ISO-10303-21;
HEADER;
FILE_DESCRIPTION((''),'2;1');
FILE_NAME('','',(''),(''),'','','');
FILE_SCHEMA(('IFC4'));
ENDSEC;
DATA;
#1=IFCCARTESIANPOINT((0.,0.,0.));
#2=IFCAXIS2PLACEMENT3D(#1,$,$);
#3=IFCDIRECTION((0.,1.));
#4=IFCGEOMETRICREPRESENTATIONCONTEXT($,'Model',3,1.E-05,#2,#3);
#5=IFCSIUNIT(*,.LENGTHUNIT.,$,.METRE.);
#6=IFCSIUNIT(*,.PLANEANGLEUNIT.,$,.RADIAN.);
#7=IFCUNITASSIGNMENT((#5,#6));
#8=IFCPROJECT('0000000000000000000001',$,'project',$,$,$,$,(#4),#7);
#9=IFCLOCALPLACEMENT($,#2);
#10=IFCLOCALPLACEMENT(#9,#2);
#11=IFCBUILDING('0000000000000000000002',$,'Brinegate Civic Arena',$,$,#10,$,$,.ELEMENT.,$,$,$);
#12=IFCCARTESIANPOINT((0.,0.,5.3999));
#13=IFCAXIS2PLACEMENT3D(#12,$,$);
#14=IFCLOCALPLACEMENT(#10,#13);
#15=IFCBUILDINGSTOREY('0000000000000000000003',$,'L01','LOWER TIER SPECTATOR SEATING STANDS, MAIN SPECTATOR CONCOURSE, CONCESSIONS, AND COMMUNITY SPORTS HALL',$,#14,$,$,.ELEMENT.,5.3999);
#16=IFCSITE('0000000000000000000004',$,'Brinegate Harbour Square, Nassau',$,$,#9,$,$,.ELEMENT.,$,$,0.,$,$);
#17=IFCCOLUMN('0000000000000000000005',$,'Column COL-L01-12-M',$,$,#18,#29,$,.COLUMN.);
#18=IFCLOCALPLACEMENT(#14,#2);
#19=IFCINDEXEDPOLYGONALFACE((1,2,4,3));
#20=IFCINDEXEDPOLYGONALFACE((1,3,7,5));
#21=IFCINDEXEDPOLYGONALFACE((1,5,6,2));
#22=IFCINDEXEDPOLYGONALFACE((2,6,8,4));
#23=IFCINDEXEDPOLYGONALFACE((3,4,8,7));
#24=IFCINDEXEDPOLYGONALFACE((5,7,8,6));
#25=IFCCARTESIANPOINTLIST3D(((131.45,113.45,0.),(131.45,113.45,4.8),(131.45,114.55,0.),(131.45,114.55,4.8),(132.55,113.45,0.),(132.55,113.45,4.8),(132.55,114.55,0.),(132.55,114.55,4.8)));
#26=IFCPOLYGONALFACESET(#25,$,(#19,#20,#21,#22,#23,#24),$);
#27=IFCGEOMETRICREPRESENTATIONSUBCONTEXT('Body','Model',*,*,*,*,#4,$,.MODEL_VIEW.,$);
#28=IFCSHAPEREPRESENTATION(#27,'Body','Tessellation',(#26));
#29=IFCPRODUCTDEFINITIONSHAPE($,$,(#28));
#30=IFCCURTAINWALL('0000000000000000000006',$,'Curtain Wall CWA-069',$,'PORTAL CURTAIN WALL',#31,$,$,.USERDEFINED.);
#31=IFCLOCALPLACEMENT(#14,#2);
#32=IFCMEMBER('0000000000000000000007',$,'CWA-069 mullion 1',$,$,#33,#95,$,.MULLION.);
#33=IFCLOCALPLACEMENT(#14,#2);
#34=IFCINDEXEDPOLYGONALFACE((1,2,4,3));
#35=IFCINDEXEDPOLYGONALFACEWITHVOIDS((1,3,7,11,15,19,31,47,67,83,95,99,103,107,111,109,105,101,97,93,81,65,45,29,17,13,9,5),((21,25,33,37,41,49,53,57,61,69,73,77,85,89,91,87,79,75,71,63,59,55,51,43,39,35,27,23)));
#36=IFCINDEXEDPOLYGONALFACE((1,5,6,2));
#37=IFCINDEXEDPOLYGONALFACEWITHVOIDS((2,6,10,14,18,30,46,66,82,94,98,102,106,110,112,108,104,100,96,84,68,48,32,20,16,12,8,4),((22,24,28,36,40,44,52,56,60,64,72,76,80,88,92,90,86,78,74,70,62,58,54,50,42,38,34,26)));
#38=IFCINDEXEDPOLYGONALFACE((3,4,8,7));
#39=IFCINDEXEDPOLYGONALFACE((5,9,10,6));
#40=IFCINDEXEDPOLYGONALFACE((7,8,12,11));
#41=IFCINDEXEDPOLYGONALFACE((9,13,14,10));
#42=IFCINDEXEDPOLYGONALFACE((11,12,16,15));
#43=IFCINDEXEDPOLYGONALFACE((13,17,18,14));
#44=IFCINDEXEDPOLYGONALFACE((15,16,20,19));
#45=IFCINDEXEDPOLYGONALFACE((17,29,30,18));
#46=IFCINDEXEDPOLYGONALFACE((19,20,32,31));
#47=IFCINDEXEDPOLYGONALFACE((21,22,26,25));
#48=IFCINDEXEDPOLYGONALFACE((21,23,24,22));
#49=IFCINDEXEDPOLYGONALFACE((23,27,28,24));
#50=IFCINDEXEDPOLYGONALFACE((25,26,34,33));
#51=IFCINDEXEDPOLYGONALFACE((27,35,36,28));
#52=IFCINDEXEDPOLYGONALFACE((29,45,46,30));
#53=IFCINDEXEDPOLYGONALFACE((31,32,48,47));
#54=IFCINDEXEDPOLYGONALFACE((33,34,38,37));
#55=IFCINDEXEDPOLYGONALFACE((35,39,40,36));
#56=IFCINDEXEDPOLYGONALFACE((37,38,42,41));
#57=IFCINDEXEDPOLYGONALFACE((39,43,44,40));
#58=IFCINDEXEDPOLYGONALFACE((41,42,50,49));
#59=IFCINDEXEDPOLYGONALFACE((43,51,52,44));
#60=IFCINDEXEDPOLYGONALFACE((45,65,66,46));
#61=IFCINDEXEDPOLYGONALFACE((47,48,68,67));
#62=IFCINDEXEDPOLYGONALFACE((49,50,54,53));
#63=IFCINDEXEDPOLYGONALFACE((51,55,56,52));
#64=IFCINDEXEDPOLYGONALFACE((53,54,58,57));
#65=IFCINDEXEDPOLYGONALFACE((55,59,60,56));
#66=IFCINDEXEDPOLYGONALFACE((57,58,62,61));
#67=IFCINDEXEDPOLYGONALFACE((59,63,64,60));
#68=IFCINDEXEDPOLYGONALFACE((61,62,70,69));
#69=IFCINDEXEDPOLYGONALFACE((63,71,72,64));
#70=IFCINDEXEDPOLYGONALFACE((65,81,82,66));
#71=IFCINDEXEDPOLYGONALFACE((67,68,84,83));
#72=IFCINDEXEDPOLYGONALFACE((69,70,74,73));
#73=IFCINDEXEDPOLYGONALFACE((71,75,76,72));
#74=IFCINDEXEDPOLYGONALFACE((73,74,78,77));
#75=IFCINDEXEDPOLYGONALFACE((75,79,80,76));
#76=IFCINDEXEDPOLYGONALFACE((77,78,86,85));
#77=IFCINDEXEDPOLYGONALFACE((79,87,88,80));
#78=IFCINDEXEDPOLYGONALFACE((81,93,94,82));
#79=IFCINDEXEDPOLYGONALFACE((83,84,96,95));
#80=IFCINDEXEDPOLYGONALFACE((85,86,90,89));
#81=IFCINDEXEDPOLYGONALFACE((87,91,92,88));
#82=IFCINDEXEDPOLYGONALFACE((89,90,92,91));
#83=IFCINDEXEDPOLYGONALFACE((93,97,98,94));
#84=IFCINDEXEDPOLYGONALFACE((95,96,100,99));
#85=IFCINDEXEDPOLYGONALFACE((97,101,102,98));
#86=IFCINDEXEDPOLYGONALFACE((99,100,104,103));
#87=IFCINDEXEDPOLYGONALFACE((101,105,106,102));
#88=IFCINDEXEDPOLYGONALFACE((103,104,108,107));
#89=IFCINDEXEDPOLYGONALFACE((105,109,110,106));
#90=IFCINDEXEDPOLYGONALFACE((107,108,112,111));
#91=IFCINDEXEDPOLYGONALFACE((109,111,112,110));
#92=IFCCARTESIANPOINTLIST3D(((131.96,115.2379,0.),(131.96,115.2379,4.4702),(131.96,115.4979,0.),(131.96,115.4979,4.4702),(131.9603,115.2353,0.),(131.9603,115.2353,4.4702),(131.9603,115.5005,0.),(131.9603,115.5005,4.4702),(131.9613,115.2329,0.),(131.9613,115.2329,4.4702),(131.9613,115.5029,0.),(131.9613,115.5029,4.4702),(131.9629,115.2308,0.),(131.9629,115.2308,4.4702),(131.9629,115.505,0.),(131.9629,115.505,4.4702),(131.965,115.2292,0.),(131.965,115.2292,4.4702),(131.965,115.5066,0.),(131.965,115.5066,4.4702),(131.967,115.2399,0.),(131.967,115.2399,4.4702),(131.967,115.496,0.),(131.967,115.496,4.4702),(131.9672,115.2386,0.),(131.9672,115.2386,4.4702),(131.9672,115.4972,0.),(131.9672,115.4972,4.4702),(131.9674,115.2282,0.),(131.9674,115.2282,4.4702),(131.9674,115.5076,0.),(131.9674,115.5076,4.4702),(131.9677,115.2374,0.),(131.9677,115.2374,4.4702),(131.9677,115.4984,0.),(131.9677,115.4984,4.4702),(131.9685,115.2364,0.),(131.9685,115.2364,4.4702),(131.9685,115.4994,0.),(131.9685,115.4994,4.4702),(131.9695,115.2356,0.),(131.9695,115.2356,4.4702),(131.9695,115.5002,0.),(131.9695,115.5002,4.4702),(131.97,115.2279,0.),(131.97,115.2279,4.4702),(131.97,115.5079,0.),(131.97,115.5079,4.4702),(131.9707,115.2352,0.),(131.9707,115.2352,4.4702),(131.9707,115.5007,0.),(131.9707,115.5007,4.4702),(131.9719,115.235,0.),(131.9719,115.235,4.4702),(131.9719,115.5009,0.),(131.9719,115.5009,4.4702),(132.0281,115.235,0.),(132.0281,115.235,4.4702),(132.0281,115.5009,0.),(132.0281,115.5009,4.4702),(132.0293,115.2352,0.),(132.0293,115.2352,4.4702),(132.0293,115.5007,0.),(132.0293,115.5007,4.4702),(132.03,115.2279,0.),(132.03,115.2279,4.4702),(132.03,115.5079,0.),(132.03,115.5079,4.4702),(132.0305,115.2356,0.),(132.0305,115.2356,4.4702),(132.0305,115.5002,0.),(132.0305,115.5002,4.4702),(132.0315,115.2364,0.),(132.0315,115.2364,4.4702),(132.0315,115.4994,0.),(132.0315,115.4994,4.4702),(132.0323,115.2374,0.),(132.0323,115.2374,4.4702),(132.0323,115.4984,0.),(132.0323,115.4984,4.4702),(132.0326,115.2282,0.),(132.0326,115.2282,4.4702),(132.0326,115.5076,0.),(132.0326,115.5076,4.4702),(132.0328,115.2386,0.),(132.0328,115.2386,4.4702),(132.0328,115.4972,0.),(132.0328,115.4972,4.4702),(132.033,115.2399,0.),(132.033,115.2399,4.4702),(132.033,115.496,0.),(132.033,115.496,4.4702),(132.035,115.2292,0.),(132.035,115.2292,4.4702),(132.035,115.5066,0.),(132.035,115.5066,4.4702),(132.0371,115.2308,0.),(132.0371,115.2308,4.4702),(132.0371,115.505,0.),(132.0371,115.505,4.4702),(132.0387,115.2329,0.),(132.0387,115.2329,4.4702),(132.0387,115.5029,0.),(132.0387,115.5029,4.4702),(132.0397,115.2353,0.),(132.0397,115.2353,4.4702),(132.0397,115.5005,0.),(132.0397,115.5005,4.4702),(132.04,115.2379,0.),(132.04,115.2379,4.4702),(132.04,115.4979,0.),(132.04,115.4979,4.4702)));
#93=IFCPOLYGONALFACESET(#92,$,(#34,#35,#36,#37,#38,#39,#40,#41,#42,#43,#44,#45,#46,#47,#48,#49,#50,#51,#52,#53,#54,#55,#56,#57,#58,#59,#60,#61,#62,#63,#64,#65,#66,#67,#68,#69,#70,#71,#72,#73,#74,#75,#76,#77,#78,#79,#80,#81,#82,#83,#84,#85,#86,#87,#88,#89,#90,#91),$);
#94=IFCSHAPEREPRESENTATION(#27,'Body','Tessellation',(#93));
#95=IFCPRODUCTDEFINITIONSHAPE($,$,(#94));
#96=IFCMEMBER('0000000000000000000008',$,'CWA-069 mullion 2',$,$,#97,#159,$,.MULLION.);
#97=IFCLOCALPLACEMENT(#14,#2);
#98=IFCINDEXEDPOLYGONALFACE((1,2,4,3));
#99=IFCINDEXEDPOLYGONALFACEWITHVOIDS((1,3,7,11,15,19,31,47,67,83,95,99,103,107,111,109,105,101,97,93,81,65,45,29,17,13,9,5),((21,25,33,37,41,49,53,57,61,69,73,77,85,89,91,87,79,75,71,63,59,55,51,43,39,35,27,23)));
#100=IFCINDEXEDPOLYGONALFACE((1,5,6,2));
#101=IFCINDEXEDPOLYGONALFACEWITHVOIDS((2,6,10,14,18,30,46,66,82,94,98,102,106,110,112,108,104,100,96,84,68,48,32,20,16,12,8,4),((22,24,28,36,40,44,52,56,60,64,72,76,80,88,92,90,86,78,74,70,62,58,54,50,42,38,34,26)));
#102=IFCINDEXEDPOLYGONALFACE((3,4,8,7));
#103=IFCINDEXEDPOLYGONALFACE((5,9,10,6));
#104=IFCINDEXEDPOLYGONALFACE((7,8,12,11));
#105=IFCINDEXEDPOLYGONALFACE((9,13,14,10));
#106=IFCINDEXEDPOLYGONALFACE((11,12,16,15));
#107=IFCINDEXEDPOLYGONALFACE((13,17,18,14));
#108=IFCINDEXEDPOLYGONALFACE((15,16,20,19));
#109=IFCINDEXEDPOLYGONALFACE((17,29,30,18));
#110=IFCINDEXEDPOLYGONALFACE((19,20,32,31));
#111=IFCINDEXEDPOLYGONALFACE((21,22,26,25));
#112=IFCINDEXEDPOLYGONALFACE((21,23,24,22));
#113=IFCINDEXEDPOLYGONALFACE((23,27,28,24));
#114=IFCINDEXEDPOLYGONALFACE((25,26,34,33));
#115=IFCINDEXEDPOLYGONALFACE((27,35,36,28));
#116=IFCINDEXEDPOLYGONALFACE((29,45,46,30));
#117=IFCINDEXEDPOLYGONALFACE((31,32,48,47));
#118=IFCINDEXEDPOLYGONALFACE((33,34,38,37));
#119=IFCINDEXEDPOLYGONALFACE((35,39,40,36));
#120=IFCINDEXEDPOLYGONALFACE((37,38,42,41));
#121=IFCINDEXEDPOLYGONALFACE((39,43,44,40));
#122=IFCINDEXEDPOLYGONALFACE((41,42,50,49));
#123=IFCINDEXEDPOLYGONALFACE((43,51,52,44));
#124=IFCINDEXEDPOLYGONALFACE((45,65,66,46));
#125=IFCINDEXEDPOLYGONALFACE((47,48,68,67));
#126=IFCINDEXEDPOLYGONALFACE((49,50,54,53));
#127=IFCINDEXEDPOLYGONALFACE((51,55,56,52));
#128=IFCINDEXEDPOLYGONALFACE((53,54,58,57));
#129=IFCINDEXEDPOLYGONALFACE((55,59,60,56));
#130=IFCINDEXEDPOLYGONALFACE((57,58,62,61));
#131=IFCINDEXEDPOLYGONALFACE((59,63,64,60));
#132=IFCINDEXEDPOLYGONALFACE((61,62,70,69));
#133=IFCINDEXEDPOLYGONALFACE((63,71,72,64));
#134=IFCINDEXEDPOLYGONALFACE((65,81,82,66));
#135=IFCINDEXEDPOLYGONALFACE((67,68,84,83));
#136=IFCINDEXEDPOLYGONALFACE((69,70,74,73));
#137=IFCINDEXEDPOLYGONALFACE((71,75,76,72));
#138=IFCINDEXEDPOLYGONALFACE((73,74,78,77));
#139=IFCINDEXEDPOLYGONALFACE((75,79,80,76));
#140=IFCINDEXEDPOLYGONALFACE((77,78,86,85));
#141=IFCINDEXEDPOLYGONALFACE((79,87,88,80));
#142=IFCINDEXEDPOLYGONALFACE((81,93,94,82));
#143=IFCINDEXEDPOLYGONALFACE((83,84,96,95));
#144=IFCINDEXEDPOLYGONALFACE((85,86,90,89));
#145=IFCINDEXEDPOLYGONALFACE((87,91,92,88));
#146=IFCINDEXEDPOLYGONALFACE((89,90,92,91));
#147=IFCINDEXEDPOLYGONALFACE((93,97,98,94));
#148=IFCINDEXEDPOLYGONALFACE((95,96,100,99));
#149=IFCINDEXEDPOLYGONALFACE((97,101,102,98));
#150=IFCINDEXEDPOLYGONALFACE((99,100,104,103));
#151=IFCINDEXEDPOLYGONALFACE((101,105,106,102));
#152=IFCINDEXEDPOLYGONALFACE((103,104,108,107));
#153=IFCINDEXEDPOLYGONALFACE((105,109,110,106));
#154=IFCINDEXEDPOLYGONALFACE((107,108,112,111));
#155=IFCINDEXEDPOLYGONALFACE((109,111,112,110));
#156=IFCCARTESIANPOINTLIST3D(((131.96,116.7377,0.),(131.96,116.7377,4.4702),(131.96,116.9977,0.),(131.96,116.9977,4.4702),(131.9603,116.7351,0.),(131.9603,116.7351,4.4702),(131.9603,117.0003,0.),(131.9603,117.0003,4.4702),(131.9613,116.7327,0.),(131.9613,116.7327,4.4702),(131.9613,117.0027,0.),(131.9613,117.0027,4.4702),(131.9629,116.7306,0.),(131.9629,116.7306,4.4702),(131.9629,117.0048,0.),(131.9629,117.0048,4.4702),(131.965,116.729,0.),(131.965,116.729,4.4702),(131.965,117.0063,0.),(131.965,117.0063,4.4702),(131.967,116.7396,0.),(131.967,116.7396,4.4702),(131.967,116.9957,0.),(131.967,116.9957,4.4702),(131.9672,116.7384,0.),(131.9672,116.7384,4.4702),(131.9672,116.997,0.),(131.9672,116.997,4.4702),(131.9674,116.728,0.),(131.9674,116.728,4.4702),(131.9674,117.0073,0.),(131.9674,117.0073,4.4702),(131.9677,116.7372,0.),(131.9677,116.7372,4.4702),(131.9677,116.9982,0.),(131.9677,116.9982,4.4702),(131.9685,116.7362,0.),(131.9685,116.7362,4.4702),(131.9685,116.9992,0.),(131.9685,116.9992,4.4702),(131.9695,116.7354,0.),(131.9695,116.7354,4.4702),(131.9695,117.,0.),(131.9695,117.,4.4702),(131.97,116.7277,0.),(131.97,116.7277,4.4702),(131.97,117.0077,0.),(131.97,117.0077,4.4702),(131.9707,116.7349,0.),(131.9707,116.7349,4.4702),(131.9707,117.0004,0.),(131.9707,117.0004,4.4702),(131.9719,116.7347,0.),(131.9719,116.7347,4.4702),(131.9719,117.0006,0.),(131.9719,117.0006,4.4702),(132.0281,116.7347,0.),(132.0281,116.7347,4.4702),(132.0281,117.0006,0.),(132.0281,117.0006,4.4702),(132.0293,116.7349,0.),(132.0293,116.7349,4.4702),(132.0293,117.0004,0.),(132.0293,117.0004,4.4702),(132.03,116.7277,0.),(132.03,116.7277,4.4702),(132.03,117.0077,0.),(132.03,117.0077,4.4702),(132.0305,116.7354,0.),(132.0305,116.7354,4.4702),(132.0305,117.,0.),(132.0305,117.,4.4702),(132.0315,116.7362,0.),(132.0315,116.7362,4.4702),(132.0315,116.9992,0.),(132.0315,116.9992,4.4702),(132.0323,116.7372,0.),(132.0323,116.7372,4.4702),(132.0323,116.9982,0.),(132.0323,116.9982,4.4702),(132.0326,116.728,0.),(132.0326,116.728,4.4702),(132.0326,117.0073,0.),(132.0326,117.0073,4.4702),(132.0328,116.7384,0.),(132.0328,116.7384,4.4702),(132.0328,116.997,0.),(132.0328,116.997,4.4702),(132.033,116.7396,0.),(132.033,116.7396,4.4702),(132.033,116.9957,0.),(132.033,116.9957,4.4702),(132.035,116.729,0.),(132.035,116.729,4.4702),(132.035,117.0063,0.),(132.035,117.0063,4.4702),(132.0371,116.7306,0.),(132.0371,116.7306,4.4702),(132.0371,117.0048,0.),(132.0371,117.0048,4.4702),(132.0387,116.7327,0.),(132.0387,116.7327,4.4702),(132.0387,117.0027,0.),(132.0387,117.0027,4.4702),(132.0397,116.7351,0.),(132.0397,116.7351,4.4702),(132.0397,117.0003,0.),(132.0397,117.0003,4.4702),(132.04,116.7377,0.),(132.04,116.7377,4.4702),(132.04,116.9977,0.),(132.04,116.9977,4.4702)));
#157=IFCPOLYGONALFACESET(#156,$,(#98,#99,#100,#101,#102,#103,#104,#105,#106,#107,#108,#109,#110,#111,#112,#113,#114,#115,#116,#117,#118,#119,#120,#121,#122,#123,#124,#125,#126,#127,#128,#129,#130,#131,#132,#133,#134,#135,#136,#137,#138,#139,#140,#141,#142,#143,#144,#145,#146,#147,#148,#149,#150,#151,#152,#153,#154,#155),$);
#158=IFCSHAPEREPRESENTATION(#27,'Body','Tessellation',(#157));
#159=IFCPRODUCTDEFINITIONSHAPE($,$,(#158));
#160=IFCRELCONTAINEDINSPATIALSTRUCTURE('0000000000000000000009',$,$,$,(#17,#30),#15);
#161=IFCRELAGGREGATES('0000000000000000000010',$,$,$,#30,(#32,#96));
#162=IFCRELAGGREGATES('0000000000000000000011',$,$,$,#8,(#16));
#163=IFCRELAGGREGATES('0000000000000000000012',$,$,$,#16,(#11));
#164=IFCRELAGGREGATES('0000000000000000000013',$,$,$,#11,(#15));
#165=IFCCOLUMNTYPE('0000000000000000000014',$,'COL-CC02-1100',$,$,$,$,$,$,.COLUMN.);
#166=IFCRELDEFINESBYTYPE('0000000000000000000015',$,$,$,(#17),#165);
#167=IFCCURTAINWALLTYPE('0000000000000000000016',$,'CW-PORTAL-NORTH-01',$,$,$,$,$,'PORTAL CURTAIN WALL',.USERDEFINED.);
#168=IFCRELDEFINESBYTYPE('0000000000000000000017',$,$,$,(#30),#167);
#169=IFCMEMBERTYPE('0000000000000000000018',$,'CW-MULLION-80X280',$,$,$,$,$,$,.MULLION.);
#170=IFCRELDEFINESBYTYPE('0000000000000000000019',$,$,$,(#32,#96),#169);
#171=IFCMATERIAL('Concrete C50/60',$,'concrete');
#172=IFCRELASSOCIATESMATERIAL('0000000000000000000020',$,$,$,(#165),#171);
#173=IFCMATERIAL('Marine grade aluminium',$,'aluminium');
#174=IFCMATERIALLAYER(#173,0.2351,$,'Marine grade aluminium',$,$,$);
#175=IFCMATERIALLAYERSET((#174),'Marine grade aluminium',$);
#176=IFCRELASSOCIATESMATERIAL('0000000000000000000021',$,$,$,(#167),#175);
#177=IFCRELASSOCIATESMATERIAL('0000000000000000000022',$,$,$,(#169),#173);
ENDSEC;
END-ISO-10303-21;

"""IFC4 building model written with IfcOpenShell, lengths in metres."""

from ifc_helpers import new_model, si_unit, direction, frame, origin, origin_2d, place, context, subcontext, project, spatial, rectangle, hollow_rectangle, extrude, material, layer, layer_set, material_profile, profile_set, type_object, element, aggregate, save


model = new_model("IFC4")

# Units and contexts
model_context = context("Model", 3, precision=1e-05, world=origin(), true_north=direction((0.0, 1.0)))
body_context = subcontext(model_context, "Body", "Model", "MODEL_VIEW")
ifc_project = project(units=[si_unit("LENGTHUNIT", "METRE"), si_unit("PLANEANGLEUNIT", "RADIAN")], contexts=[model_context])

# Site, building, storey
site_placement = place(None, origin())
site = spatial("IfcSite", under=ifc_project, at=site_placement, Name="Brinegate Harbour Square, Nassau", CompositionType="ELEMENT", RefElevation=0.0)
building_placement = place(site_placement, origin())
building = spatial("IfcBuilding", under=site, at=building_placement, Name="Brinegate Civic Arena", CompositionType="ELEMENT")
storey_placement = place(building_placement, frame((0.0, 0.0, 5.3999)))
storey = spatial("IfcBuildingStorey", under=building, at=storey_placement, Name="L01", Description="LOWER TIER SPECTATOR SEATING STANDS, MAIN SPECTATOR CONCOURSE, CONCESSIONS, AND COMMUNITY SPORTS HALL", CompositionType="ELEMENT", Elevation=5.3999)

# Column
ifc_material_1 = material(Name="Concrete C50/60", Category="concrete")
ifc_material_profile_1 = material_profile(ifc_material_1, rectangle(XDim=1.1001, YDim=1.1001, at=origin_2d()), Name="RC1100X1100")
ifc_profile_set_1 = profile_set([ifc_material_profile_1], Name="Concrete C50/60")
column_type = type_object("IfcColumnType", Name="COL-CC02-1100", PredefinedType="COLUMN", material=ifc_profile_set_1)
column_placement = place(storey_placement, frame((132.0, 114.0, 0.0), z_axis=(0.0, 0.0, 1.0), x_axis=(1.0, 0.0, 0.0)))
element("IfcColumn", 1, at=column_placement, inside=storey, type_object=column_type, Name="Column COL-L01-12-M", PredefinedType="COLUMN", context=body_context, shape_type="SweptSolid", body=[
    extrude(rectangle(XDim=1.1001, YDim=1.1001, at=origin_2d()), origin(), (0.0, 0.0, 1.0), 4.8),
])

# Curtain wall, members
ifc_material_2 = material(Name="Marine grade aluminium", Category="aluminium")
ifc_layer_1 = layer(ifc_material_2, 0.2351, Name="Marine grade aluminium")
ifc_layer_set_1 = layer_set([ifc_layer_1], Name="Marine grade aluminium")
curtain_wall_type = type_object("IfcCurtainWallType", Name="CW-PORTAL-NORTH-01", ElementType="PORTAL CURTAIN WALL", PredefinedType="USERDEFINED", material=ifc_layer_set_1)
curtain_wall_placement = place(storey_placement, origin())
curtain_wall = element("IfcCurtainWall", 2, at=curtain_wall_placement, inside=storey, type_object=curtain_wall_type, Name="Curtain Wall CWA-069", ObjectType="PORTAL CURTAIN WALL", PredefinedType="USERDEFINED")
ifc_material_profile_2 = material_profile(ifc_material_2, hollow_rectangle(XDim=0.0801, YDim=0.28, WallThickness=0.0071, InnerFilletRadius=0.0049, OuterFilletRadius=0.01, at=origin_2d()), Name="MUL80X280")
ifc_profile_set_2 = profile_set([ifc_material_profile_2], Name="Marine grade aluminium")
member_type_1 = type_object("IfcMemberType", Name="CW-MULLION-80X280", PredefinedType="MULLION", material=ifc_profile_set_2)
member_1_placement = place(storey_placement, frame((132.0, 115.3679, 0.0), z_axis=(0.0, 0.0, 1.0), x_axis=(-1.0, 0.0, 0.0)))
member_1 = element("IfcMember", 3, at=member_1_placement, type_object=member_type_1, Name="CWA-069 mullion 1", PredefinedType="MULLION", context=body_context, shape_type="SweptSolid", body=[
    extrude(hollow_rectangle(XDim=0.0801, YDim=0.28, WallThickness=0.0071, InnerFilletRadius=0.0049, OuterFilletRadius=0.01, at=origin_2d()), origin(), (0.0, 0.0, 1.0), 4.4702),
])
member_2_placement = place(storey_placement, frame((132.0, 116.8677, 0.0), z_axis=(0.0, 0.0, 1.0), x_axis=(-1.0, 0.0, 0.0)))
member_2 = element("IfcMember", 4, at=member_2_placement, type_object=member_type_1, Name="CWA-069 mullion 2", PredefinedType="MULLION", context=body_context, shape_type="SweptSolid", body=[
    extrude(hollow_rectangle(XDim=0.0801, YDim=0.28, WallThickness=0.0071, InnerFilletRadius=0.0049, OuterFilletRadius=0.01, at=origin_2d()), origin(), (0.0, 0.0, 1.0), 4.4702),
])

aggregate(curtain_wall, [member_1, member_2])

save(model, "model.ifc")
